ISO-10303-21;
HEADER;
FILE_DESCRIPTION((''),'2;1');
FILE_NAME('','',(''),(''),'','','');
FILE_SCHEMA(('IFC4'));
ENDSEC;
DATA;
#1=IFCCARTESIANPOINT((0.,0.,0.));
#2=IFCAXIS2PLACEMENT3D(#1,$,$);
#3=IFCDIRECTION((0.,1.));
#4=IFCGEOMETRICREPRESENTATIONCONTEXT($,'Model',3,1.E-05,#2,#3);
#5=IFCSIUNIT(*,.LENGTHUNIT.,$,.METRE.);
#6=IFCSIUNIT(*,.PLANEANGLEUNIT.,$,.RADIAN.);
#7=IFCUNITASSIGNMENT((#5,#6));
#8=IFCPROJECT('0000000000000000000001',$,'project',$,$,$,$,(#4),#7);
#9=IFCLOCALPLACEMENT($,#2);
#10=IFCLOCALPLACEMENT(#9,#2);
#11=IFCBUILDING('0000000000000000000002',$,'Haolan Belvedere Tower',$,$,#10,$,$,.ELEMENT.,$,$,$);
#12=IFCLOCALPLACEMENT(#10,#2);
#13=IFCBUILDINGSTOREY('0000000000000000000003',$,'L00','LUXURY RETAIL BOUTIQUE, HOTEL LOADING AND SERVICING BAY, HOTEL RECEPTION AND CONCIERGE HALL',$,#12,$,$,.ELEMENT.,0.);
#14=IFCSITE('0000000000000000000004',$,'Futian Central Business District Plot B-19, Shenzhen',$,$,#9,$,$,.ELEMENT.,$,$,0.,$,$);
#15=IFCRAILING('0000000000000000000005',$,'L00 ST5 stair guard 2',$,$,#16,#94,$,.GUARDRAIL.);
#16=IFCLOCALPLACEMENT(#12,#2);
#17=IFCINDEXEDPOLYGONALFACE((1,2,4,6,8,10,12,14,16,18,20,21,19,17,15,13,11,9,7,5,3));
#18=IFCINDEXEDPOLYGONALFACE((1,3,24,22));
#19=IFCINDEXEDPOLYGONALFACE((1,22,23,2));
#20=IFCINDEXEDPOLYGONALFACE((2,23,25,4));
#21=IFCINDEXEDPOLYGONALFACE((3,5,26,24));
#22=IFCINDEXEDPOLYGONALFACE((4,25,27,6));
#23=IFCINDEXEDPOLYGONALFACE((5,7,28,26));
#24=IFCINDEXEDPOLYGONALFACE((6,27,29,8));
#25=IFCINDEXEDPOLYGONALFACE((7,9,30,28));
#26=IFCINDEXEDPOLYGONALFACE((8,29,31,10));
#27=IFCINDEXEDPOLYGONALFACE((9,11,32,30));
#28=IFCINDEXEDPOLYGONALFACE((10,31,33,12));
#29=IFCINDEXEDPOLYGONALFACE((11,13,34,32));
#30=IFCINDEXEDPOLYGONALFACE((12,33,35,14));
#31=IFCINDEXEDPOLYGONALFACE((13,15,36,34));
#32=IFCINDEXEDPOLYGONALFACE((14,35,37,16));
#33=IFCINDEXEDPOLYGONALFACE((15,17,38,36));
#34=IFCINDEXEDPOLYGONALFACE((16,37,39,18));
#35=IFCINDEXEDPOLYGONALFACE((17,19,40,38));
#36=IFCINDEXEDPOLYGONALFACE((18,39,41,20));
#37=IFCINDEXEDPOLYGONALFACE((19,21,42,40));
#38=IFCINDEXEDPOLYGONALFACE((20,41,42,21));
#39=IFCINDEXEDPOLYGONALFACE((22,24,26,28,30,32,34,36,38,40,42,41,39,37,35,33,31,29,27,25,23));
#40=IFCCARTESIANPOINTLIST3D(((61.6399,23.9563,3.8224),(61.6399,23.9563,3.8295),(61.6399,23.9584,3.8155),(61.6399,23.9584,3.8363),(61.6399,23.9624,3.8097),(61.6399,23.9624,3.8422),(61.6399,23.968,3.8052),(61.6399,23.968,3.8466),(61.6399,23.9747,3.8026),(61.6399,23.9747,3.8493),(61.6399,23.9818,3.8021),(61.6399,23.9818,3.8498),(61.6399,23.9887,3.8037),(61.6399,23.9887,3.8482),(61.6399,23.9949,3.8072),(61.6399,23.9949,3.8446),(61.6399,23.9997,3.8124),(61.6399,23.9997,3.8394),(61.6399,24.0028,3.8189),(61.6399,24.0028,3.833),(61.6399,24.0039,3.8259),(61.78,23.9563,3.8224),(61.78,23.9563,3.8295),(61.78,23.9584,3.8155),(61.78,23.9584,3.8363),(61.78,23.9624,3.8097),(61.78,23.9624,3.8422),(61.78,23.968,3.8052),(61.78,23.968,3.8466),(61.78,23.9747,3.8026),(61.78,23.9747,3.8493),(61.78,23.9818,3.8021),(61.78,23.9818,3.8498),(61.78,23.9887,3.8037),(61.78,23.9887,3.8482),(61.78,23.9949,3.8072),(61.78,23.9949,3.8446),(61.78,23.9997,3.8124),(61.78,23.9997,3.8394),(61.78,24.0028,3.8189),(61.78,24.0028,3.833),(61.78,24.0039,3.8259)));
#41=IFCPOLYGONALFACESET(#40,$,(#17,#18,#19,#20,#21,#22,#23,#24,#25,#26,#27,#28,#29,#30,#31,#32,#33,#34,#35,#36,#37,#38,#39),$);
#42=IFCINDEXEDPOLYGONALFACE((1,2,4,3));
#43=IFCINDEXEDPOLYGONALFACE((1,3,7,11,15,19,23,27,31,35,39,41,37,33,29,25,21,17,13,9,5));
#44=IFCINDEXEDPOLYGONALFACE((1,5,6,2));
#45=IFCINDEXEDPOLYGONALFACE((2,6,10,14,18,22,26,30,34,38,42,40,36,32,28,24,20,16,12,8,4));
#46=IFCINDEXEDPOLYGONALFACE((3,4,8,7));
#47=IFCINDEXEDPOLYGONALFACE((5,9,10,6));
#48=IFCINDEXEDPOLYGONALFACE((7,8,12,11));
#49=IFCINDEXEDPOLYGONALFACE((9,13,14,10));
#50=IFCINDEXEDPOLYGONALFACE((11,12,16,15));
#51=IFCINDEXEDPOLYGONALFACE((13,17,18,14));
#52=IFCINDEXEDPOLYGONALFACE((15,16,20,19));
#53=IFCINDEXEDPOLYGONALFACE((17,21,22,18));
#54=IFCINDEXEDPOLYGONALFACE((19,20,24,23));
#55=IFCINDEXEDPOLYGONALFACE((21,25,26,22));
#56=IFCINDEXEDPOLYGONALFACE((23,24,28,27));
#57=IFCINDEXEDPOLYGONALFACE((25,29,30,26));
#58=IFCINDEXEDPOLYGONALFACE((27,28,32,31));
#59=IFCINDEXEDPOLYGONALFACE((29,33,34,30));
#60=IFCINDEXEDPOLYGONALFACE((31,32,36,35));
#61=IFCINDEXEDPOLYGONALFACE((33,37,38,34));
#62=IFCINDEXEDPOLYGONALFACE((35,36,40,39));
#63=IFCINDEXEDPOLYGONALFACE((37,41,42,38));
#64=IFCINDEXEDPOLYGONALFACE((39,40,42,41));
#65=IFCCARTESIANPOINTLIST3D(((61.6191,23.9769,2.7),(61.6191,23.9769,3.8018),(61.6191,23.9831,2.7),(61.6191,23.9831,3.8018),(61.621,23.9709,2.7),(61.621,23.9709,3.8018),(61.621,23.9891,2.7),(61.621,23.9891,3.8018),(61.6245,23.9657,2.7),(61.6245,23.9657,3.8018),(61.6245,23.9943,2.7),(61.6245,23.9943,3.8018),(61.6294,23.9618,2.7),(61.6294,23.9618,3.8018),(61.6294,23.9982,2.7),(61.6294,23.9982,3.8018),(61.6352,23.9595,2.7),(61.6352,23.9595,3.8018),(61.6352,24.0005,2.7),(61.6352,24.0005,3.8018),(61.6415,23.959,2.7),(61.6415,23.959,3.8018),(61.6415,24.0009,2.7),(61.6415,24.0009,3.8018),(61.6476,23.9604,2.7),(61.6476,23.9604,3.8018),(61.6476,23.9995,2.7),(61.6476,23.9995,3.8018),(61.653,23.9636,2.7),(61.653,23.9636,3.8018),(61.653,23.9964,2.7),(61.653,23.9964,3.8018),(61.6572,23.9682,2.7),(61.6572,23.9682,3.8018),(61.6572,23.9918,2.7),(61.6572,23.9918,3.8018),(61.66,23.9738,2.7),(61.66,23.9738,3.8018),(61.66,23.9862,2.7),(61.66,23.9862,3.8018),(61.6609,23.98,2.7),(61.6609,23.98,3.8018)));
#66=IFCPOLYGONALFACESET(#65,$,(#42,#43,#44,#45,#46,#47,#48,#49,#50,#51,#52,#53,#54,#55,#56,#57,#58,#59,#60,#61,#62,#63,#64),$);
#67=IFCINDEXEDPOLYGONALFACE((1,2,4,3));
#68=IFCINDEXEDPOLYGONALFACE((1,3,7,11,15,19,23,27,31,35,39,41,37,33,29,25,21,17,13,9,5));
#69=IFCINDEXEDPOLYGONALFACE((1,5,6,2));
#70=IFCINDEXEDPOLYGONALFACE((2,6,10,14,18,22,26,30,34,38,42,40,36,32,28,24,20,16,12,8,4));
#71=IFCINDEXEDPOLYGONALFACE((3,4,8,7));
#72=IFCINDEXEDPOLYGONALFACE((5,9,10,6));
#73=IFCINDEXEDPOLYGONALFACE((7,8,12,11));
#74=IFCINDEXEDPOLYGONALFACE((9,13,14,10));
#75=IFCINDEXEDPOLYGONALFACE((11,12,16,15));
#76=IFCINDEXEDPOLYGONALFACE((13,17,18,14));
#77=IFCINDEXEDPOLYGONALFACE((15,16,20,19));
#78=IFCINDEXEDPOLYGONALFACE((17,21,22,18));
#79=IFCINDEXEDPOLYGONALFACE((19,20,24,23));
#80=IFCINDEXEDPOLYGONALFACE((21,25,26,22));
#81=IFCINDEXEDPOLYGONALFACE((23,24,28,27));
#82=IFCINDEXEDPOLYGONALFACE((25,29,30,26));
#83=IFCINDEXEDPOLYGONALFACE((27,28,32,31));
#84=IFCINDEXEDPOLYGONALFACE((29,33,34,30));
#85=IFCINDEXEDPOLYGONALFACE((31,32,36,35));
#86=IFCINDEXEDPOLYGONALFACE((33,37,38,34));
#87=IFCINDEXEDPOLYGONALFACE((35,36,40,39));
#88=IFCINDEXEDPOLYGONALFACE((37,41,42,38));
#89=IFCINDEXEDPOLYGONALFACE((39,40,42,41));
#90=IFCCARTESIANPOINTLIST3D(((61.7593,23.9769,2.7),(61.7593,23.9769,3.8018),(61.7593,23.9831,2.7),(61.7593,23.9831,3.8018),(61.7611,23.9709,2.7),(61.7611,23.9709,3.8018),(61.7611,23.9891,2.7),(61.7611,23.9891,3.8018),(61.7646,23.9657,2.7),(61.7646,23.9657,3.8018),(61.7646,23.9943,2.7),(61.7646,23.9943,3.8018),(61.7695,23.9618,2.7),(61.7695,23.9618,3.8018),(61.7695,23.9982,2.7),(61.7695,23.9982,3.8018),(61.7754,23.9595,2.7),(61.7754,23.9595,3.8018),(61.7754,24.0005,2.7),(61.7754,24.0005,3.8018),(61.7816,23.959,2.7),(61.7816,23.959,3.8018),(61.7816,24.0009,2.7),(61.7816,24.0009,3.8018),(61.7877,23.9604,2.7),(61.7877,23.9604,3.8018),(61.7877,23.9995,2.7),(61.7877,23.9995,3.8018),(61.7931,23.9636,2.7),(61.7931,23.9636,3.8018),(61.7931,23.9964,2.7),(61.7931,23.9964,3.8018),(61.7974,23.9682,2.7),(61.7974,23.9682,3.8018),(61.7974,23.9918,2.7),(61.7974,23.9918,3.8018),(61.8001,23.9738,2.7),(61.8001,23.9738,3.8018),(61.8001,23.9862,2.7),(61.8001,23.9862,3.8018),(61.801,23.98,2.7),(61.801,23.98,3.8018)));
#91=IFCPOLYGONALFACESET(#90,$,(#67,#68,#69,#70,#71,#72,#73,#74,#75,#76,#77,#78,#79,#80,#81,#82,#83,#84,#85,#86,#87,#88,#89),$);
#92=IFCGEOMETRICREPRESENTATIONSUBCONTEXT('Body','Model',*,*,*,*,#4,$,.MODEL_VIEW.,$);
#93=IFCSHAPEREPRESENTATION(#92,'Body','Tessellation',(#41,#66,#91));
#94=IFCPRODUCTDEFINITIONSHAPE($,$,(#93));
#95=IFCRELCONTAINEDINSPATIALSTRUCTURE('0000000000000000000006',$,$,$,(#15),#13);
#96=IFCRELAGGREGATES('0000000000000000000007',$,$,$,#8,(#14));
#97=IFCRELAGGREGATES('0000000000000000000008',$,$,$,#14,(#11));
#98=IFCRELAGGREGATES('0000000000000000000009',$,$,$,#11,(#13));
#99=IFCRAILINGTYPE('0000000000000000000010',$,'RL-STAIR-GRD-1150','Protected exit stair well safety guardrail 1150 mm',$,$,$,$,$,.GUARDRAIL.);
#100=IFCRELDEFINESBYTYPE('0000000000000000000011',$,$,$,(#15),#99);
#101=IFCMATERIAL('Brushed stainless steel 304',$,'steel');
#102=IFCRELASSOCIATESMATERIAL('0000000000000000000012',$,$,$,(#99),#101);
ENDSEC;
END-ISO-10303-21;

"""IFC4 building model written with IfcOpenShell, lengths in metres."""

from ifc_helpers import new_model, si_unit, direction, frame, origin, origin_2d, place, context, subcontext, project, spatial, circle, extrude, material, type_object, element, save


model = new_model("IFC4")

# Units and contexts
model_context = context("Model", 3, precision=1e-05, world=origin(), true_north=direction((0.0, 1.0)))
body_context = subcontext(model_context, "Body", "Model", "MODEL_VIEW")
ifc_project = project(units=[si_unit("LENGTHUNIT", "METRE"), si_unit("PLANEANGLEUNIT", "RADIAN")], contexts=[model_context])

# Site, building, storey
site_placement = place(None, origin())
site = spatial("IfcSite", under=ifc_project, at=site_placement, Name="Futian Central Business District Plot B-19, Shenzhen", CompositionType="ELEMENT", RefElevation=0.0)
building_placement = place(site_placement, origin())
building = spatial("IfcBuilding", under=site, at=building_placement, Name="Haolan Belvedere Tower", CompositionType="ELEMENT")
storey_placement = place(building_placement, origin())
storey = spatial("IfcBuildingStorey", under=building, at=storey_placement, Name="L00", Description="LUXURY RETAIL BOUTIQUE, HOTEL LOADING AND SERVICING BAY, HOTEL RECEPTION AND CONCIERGE HALL", CompositionType="ELEMENT", Elevation=0.0)

# Railing
ifc_material_1 = material(Name="Brushed stainless steel 304", Category="steel")
railing_type_1 = type_object("IfcRailingType", Name="RL-STAIR-GRD-1150", Description="Protected exit stair well safety guardrail 1150 mm", PredefinedType="GUARDRAIL", material=ifc_material_1)
railing_1_placement = place(storey_placement, frame((61.6399, 23.98, 2.7)))
element("IfcRailing", 1, at=railing_1_placement, inside=storey, type_object=railing_type_1, Name="L00 ST5 stair guard 2", PredefinedType="GUARDRAIL", context=body_context, shape_type="SweptSolid", body=[
    extrude(circle(Radius=0.0239, at=origin_2d()), frame((0.0, 0.0, 1.126), z_axis=(1.0, 0.0, 0.0), x_axis=(0.0, 1.0, 0.0)), (0.0, 0.0, 1.0), 0.1401),
    extrude(circle(Radius=0.021, at=origin_2d()), origin(), (0.0, 0.0, 1.0), 1.1018),
    extrude(circle(Radius=0.021, at=origin_2d()), frame((0.1401, 0.0, 0.0)), (0.0, 0.0, 1.0), 1.1018),
])

save(model, "model.ifc")
